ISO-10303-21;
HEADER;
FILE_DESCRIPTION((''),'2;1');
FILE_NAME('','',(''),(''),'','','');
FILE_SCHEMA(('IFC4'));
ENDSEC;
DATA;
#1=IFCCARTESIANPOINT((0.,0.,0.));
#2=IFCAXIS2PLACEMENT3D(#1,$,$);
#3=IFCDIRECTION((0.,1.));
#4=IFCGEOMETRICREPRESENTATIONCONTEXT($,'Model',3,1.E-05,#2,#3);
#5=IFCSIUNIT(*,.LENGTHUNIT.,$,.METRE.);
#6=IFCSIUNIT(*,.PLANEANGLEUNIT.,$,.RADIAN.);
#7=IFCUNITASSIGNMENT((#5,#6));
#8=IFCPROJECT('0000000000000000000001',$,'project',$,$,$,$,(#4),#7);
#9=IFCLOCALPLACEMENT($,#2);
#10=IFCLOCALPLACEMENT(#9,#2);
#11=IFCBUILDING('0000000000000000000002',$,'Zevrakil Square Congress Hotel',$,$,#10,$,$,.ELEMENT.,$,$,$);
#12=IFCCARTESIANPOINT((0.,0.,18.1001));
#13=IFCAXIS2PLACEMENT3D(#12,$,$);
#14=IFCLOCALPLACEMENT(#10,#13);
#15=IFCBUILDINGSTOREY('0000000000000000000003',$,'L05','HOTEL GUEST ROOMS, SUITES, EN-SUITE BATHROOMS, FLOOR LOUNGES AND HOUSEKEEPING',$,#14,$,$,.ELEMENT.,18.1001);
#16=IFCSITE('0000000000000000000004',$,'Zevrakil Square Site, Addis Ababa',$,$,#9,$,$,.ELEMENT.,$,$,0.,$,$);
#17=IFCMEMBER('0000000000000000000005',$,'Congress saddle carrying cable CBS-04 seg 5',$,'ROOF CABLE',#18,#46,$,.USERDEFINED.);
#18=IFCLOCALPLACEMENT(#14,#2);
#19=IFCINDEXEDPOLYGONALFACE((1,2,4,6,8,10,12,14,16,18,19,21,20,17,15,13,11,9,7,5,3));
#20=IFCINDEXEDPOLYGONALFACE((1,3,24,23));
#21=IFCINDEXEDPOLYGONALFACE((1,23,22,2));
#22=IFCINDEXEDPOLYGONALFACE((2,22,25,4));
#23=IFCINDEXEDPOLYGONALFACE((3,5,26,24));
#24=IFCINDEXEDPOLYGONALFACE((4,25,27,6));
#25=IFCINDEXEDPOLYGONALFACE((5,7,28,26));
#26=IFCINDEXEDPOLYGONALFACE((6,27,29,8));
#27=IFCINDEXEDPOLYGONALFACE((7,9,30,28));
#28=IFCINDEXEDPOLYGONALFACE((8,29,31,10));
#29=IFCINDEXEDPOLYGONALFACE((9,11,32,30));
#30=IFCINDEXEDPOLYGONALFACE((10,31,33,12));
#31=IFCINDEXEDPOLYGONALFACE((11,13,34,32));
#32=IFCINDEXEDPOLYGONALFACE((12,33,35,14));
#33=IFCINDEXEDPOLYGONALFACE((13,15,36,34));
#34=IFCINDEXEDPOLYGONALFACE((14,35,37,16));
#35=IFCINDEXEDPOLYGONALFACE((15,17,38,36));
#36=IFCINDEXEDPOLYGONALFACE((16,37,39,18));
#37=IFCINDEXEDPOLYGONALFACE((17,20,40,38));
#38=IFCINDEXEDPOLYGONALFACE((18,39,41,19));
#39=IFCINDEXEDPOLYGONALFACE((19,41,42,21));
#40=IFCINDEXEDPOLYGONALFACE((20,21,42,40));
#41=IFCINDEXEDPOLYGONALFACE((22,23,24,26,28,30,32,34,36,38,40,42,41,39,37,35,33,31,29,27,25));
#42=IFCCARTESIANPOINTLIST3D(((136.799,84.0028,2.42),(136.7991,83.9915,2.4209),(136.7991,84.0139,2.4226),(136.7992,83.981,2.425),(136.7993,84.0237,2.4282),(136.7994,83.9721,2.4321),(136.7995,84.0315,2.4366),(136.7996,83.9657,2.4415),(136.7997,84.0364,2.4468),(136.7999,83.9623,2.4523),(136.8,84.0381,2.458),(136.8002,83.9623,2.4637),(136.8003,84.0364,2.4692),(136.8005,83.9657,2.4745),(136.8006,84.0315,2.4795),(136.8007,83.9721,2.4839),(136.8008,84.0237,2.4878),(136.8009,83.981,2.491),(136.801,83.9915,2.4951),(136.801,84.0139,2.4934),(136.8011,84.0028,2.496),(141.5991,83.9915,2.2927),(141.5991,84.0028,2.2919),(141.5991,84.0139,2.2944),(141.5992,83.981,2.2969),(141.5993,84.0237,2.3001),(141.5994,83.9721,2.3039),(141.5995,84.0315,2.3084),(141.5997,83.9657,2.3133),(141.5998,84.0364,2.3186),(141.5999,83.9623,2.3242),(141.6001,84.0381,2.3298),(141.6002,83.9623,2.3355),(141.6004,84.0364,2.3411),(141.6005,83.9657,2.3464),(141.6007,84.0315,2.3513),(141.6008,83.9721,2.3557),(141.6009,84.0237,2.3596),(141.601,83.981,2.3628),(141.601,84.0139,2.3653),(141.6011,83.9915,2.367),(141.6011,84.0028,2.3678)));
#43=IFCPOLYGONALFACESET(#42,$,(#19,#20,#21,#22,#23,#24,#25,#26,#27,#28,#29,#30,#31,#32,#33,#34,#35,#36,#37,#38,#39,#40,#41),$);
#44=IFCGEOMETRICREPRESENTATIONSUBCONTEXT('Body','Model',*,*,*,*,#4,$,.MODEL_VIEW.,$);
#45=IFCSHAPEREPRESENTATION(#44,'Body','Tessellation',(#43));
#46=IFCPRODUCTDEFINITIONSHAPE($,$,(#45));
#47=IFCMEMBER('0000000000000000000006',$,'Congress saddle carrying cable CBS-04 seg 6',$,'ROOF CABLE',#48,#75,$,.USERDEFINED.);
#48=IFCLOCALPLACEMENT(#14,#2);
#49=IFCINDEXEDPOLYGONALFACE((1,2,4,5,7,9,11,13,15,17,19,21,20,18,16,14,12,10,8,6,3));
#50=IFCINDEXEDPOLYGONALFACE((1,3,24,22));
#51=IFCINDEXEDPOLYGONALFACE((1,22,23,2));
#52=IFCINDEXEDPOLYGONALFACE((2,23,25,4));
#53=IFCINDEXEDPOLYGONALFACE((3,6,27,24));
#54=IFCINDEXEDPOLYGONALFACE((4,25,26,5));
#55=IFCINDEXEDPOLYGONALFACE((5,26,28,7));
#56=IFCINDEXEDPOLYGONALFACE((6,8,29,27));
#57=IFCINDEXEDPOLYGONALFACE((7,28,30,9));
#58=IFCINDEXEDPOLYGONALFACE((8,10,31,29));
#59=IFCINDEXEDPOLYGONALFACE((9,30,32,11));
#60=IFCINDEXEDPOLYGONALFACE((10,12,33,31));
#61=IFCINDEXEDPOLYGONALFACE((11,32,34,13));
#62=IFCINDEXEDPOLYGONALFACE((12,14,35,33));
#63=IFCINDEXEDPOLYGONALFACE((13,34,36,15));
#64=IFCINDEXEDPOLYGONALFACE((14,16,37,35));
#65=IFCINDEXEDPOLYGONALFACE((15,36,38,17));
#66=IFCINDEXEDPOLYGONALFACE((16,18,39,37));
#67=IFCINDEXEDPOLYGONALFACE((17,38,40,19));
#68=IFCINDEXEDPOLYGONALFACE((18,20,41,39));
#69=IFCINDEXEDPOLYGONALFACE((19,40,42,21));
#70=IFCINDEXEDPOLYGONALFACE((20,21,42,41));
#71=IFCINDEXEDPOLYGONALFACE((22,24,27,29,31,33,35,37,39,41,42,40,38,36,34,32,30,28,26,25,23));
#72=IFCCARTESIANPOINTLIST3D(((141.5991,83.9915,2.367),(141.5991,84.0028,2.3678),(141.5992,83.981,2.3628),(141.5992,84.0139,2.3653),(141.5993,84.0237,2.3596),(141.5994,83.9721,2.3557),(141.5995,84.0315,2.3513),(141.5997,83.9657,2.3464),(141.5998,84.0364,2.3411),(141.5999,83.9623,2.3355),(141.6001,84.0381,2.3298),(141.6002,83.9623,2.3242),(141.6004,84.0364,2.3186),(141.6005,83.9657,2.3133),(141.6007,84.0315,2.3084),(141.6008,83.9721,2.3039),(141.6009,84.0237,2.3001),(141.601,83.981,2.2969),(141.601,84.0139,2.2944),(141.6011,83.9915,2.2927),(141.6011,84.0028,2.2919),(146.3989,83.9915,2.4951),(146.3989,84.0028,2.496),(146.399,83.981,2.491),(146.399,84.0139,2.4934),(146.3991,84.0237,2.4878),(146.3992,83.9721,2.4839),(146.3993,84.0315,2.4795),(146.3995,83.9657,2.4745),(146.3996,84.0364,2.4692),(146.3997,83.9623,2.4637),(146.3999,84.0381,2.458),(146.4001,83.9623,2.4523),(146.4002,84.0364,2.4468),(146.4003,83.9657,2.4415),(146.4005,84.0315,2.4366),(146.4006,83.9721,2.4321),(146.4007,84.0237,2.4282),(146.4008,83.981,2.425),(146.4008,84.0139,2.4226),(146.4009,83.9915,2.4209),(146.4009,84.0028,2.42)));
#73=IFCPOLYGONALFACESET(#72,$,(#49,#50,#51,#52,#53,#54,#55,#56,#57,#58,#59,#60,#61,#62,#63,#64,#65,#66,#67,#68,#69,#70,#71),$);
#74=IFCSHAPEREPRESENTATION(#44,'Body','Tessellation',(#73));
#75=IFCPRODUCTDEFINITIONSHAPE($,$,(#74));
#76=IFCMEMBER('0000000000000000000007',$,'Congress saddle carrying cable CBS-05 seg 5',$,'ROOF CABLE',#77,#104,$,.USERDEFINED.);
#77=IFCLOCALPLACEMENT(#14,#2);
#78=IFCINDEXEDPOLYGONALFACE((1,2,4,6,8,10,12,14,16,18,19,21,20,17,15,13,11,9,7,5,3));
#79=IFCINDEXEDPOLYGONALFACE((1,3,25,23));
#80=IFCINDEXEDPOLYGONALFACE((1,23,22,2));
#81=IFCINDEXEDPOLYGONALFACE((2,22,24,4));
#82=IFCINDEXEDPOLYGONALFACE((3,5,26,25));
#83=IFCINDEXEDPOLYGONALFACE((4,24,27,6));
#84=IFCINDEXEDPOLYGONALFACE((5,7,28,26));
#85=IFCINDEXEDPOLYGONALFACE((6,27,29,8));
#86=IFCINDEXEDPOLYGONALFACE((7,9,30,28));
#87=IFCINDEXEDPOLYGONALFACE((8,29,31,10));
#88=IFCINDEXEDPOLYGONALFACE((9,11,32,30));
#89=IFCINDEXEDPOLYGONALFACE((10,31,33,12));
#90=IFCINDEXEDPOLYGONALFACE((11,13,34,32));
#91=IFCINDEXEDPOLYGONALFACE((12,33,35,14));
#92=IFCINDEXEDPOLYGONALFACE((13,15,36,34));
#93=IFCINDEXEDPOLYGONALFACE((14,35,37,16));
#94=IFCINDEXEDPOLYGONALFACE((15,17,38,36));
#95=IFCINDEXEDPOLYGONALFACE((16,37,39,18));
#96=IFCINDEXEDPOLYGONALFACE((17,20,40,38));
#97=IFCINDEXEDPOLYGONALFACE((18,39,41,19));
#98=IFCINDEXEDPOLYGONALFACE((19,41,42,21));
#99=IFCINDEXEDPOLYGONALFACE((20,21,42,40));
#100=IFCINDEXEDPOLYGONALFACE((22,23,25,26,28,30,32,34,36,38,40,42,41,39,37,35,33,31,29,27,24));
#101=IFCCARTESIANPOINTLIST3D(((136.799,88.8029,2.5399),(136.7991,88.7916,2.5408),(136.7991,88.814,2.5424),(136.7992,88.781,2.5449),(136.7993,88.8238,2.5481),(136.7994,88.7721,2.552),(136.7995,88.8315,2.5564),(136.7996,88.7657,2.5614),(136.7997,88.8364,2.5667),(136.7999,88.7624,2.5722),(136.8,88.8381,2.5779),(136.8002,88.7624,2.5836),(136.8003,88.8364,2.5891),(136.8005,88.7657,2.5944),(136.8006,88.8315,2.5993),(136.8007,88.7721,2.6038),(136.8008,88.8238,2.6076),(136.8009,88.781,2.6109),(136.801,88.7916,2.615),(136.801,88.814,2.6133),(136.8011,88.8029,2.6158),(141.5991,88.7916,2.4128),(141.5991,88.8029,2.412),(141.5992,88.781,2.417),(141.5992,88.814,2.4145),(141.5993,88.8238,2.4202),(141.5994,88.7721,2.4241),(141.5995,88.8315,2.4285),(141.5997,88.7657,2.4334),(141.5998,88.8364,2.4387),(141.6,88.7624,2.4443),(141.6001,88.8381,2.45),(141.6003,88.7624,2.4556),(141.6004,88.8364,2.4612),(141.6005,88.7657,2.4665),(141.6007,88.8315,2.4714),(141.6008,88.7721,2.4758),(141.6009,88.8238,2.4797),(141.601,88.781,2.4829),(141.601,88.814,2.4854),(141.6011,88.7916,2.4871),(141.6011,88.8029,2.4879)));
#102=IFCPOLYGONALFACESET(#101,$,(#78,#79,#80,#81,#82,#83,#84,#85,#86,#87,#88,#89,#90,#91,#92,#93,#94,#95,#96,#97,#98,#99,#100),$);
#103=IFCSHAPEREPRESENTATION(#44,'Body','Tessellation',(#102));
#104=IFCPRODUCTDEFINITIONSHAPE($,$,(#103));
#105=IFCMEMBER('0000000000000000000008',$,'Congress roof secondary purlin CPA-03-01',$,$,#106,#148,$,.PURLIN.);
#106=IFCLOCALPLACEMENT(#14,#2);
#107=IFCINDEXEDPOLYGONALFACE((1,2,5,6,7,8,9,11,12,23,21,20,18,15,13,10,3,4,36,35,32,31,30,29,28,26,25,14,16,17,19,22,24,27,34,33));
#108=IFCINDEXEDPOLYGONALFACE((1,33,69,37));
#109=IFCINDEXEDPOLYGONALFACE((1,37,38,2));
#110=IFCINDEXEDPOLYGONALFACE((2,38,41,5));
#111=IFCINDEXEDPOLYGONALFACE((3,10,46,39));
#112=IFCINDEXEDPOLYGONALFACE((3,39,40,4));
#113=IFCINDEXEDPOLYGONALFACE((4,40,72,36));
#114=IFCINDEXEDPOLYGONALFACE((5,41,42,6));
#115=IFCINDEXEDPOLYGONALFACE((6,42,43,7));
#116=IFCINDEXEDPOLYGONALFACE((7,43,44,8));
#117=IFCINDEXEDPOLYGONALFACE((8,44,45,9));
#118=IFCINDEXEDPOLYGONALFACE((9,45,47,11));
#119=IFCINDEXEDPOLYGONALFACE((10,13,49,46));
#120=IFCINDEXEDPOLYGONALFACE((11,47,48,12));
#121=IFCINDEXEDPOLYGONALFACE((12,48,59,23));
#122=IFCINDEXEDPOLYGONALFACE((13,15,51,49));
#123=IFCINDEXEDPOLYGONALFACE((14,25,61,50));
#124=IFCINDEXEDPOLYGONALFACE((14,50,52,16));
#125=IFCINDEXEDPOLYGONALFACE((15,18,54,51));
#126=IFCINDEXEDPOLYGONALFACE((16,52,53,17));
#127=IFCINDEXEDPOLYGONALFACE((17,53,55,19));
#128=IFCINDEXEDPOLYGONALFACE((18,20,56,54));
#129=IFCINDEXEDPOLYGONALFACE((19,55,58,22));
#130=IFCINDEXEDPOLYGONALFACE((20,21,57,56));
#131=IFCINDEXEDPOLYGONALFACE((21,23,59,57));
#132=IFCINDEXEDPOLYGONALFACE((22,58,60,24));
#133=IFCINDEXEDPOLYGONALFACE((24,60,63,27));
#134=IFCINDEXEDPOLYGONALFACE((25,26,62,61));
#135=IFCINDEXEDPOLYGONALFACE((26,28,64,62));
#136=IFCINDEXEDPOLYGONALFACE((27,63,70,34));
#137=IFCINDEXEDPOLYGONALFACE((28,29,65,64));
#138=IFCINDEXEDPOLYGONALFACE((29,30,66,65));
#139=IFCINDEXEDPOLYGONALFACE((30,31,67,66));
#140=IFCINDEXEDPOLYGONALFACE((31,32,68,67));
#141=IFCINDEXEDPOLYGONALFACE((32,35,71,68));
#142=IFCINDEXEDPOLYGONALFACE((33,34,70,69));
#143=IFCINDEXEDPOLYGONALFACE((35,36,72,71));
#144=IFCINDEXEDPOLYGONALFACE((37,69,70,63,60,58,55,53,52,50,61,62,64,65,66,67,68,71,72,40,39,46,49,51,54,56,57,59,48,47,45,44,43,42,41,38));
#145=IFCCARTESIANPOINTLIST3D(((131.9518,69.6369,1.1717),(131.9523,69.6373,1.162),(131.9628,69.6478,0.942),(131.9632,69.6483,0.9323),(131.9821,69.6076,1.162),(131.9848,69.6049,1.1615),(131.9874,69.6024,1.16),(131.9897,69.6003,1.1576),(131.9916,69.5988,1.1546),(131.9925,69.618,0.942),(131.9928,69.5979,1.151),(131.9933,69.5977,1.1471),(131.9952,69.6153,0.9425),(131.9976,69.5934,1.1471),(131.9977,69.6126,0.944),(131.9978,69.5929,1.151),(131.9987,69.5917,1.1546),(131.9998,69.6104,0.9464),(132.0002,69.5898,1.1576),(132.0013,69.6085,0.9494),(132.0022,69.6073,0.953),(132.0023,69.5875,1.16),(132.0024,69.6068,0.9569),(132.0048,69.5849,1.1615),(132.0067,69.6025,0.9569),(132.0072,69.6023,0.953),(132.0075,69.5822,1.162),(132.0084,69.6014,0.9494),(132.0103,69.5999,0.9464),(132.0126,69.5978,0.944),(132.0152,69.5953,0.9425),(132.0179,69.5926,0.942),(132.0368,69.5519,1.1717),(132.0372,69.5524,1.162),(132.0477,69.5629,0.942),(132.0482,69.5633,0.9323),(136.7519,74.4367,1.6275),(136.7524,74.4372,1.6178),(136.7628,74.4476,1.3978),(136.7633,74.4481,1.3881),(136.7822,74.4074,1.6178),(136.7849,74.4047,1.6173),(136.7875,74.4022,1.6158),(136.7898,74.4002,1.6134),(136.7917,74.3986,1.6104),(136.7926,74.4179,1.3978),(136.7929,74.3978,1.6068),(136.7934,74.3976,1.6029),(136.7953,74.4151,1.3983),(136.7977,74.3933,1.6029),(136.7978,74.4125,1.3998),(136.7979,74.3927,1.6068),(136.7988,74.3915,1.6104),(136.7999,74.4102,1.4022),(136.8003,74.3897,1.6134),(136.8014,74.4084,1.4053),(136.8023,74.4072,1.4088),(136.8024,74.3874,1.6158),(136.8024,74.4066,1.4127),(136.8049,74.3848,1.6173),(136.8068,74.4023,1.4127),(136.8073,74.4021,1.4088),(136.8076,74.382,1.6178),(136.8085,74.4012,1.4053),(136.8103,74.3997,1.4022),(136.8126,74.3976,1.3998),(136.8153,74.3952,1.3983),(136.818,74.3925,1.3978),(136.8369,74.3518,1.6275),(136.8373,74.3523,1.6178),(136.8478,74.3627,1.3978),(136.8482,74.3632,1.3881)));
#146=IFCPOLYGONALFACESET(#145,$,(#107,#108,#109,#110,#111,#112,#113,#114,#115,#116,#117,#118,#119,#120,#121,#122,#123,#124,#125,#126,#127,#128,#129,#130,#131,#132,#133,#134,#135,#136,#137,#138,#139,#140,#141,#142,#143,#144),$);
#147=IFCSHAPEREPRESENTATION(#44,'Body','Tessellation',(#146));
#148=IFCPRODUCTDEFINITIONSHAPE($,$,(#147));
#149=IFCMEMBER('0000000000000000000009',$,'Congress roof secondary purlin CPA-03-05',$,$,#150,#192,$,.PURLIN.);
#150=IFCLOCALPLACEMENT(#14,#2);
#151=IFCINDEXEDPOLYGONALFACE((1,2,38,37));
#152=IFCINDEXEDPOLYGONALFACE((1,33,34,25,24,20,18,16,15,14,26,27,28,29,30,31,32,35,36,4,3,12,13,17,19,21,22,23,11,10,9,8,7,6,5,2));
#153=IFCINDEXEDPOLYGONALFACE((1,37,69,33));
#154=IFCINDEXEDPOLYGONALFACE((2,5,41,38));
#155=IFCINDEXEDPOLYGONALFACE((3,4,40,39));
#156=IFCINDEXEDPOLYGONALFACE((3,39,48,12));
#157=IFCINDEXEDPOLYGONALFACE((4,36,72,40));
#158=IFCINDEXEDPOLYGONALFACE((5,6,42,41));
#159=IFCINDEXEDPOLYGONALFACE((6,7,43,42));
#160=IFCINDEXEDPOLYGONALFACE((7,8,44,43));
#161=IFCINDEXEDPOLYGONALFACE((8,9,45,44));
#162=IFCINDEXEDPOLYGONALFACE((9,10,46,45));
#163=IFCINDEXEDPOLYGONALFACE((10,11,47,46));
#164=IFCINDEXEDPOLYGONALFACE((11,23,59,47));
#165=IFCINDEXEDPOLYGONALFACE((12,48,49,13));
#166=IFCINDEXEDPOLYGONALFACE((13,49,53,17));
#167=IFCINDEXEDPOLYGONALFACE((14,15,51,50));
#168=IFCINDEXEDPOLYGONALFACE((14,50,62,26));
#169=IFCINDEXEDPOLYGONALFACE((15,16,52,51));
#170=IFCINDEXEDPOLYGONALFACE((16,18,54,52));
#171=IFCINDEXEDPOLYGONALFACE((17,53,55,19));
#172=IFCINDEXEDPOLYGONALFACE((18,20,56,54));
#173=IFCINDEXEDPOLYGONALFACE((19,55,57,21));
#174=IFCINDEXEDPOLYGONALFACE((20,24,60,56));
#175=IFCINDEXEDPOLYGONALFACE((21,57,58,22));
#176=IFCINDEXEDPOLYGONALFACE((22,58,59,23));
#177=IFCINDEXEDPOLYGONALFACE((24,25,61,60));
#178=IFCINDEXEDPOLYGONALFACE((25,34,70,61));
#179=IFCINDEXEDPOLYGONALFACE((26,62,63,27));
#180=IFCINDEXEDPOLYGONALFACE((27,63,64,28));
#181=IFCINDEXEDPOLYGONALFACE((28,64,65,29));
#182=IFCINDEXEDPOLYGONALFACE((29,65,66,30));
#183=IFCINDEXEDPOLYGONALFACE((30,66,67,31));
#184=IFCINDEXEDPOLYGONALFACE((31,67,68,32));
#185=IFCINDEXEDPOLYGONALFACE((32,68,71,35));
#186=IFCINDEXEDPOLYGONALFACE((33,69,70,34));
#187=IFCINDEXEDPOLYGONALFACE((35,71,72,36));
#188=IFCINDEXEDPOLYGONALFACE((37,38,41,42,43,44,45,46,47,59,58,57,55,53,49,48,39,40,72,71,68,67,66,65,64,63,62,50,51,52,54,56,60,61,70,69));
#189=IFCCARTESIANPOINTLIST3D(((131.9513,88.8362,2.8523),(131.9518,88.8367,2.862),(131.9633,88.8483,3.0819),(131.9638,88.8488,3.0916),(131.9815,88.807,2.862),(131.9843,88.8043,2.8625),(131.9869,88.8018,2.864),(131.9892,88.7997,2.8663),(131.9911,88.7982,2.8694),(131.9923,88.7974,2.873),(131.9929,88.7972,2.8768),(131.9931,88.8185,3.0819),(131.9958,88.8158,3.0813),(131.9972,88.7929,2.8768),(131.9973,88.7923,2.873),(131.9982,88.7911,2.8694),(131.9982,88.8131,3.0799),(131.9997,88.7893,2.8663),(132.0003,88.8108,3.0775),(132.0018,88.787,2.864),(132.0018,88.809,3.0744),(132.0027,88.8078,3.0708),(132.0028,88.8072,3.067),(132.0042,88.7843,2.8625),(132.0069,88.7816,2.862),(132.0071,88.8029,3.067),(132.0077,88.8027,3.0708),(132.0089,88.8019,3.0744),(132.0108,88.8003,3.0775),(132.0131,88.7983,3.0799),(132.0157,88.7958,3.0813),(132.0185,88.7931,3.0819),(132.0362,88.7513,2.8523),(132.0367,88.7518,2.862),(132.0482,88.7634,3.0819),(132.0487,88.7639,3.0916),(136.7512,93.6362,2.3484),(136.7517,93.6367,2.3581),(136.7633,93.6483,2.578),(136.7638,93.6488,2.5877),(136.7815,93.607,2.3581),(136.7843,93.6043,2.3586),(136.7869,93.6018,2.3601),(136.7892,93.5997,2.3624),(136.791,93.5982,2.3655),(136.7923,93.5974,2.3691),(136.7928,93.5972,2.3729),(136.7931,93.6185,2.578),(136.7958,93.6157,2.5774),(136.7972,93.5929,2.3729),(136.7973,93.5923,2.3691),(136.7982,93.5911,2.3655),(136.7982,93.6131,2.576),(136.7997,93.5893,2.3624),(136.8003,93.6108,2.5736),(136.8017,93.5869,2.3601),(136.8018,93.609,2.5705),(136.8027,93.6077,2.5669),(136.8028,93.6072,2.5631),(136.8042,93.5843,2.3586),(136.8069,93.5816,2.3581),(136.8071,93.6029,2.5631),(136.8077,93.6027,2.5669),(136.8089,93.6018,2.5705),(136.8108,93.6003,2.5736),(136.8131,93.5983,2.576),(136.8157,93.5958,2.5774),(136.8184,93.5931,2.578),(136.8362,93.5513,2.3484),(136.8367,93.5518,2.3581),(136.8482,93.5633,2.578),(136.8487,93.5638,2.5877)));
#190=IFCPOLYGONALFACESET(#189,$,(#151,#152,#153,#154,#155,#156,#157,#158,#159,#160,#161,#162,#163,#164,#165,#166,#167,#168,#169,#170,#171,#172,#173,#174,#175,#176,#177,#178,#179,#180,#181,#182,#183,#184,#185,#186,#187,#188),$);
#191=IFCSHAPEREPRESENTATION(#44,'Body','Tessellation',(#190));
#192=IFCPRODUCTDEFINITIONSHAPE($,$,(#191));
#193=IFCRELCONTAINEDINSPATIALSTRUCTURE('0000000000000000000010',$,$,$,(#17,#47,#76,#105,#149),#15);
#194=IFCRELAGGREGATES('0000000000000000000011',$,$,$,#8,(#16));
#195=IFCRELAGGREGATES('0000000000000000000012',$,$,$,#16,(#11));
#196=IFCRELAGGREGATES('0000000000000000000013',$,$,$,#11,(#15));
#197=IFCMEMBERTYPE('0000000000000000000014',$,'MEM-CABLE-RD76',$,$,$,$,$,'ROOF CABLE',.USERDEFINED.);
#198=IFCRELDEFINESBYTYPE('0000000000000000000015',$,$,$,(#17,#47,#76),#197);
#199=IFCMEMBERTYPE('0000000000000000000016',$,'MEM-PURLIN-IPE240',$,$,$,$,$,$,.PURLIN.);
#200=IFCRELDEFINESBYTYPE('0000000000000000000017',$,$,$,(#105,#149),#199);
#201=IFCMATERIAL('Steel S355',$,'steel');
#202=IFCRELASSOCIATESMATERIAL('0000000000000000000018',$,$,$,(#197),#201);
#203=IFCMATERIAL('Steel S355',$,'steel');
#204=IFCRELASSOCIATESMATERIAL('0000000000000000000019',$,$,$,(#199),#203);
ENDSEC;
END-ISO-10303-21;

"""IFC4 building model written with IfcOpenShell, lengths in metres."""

from ifc_helpers import new_model, si_unit, direction, frame, origin, origin_2d, place, context, subcontext, project, spatial, circle, i_section, extrude, material, material_profile, profile_set, type_object, element, save


model = new_model("IFC4")

# Units and contexts
model_context = context("Model", 3, precision=1e-05, world=origin(), true_north=direction((0.0, 1.0)))
body_context = subcontext(model_context, "Body", "Model", "MODEL_VIEW")
ifc_project = project(units=[si_unit("LENGTHUNIT", "METRE"), si_unit("PLANEANGLEUNIT", "RADIAN")], contexts=[model_context])

# Site, building, storey
site_placement = place(None, origin())
site = spatial("IfcSite", under=ifc_project, at=site_placement, Name="Zevrakil Square Site, Addis Ababa", CompositionType="ELEMENT", RefElevation=0.0)
building_placement = place(site_placement, origin())
building = spatial("IfcBuilding", under=site, at=building_placement, Name="Zevrakil Square Congress Hotel", CompositionType="ELEMENT")
storey_placement = place(building_placement, frame((0.0, 0.0, 18.1001)))
storey = spatial("IfcBuildingStorey", under=building, at=storey_placement, Name="L05", Description="HOTEL GUEST ROOMS, SUITES, EN-SUITE BATHROOMS, FLOOR LOUNGES AND HOUSEKEEPING", CompositionType="ELEMENT", Elevation=18.1001)

# Members
ifc_material_1 = material(Name="Steel S355", Category="steel")
ifc_material_profile_1 = material_profile(ifc_material_1, circle(Radius=0.0381, at=origin_2d()), Name="CABLE RD76")
ifc_profile_set_1 = profile_set([ifc_material_profile_1], Name="Steel S355")
member_type_1 = type_object("IfcMemberType", Name="MEM-CABLE-RD76", ElementType="ROOF CABLE", PredefinedType="USERDEFINED", material=ifc_profile_set_1)
member_1_placement = place(storey_placement, frame((136.8, 84.0, 2.458), z_axis=(0.999644, 0.0, -0.026693), x_axis=(0.0, 1.0, 0.0)))
element("IfcMember", 1, at=member_1_placement, inside=storey, type_object=member_type_1, Name="Congress saddle carrying cable CBS-04 seg 5", ObjectType="ROOF CABLE", PredefinedType="USERDEFINED", context=body_context, shape_type="SweptSolid", body=[
    extrude(circle(Radius=0.0381, at=origin_2d()), origin(), (0.0, 0.0, 1.0), 4.8018),
])
member_2_placement = place(storey_placement, frame((141.6001, 84.0, 2.3298), z_axis=(0.999644, 0.0, 0.026694), x_axis=(0.0, 1.0, 0.0)))
element("IfcMember", 2, at=member_2_placement, inside=storey, type_object=member_type_1, Name="Congress saddle carrying cable CBS-04 seg 6", ObjectType="ROOF CABLE", PredefinedType="USERDEFINED", context=body_context, shape_type="SweptSolid", body=[
    extrude(circle(Radius=0.0381, at=origin_2d()), origin(), (0.0, 0.0, 1.0), 4.8015),
])
member_3_placement = place(storey_placement, frame((136.8, 88.8, 2.5779), z_axis=(0.999645, 0.0, -0.026642), x_axis=(0.0, 1.0, 0.0)))
element("IfcMember", 3, at=member_3_placement, inside=storey, type_object=member_type_1, Name="Congress saddle carrying cable CBS-05 seg 5", ObjectType="ROOF CABLE", PredefinedType="USERDEFINED", context=body_context, shape_type="SweptSolid", body=[
    extrude(circle(Radius=0.0381, at=origin_2d()), origin(), (0.0, 0.0, 1.0), 4.8018),
])
ifc_material_2 = material(Name="Steel S355", Category="steel")
ifc_material_profile_2 = material_profile(ifc_material_2, i_section(OverallWidth=0.1201, OverallDepth=0.24, WebThickness=0.0061, FlangeThickness=0.0098, FilletRadius=0.0149, at=origin_2d()), Name="IPE 240")
ifc_profile_set_2 = profile_set([ifc_material_profile_2], Name="Steel S355")
member_type_2 = type_object("IfcMemberType", Name="MEM-PURLIN-IPE240", PredefinedType="PURLIN", material=ifc_profile_set_2)
member_4_placement = place(storey_placement, frame((132.0, 69.6001, 1.052), z_axis=(0.705536, 0.7055, 0.066997), x_axis=(-0.707089, 0.707125, 0.0)))
element("IfcMember", 4, at=member_4_placement, inside=storey, type_object=member_type_2, Name="Congress roof secondary purlin CPA-03-01", PredefinedType="PURLIN", context=body_context, shape_type="SweptSolid", body=[
    extrude(i_section(OverallWidth=0.1201, OverallDepth=0.24, WebThickness=0.0061, FlangeThickness=0.0098, FilletRadius=0.0149, at=origin_2d()), origin(), (0.0, 0.0, 1.0), 6.8035),
])
member_5_placement = place(storey_placement, frame((132.0, 88.8, 2.9719), z_axis=(0.705167, 0.705167, -0.074028), x_axis=(-0.707107, 0.707107, 0.0)))
element("IfcMember", 5, at=member_5_placement, inside=storey, type_object=member_type_2, Name="Congress roof secondary purlin CPA-03-05", PredefinedType="PURLIN", context=body_context, shape_type="SweptSolid", body=[
    extrude(i_section(OverallWidth=0.1201, OverallDepth=0.24, WebThickness=0.0061, FlangeThickness=0.0098, FilletRadius=0.0149, at=origin_2d()), origin(), (0.0, 0.0, 1.0), 6.8069),
])

save(model, "model.ifc")
